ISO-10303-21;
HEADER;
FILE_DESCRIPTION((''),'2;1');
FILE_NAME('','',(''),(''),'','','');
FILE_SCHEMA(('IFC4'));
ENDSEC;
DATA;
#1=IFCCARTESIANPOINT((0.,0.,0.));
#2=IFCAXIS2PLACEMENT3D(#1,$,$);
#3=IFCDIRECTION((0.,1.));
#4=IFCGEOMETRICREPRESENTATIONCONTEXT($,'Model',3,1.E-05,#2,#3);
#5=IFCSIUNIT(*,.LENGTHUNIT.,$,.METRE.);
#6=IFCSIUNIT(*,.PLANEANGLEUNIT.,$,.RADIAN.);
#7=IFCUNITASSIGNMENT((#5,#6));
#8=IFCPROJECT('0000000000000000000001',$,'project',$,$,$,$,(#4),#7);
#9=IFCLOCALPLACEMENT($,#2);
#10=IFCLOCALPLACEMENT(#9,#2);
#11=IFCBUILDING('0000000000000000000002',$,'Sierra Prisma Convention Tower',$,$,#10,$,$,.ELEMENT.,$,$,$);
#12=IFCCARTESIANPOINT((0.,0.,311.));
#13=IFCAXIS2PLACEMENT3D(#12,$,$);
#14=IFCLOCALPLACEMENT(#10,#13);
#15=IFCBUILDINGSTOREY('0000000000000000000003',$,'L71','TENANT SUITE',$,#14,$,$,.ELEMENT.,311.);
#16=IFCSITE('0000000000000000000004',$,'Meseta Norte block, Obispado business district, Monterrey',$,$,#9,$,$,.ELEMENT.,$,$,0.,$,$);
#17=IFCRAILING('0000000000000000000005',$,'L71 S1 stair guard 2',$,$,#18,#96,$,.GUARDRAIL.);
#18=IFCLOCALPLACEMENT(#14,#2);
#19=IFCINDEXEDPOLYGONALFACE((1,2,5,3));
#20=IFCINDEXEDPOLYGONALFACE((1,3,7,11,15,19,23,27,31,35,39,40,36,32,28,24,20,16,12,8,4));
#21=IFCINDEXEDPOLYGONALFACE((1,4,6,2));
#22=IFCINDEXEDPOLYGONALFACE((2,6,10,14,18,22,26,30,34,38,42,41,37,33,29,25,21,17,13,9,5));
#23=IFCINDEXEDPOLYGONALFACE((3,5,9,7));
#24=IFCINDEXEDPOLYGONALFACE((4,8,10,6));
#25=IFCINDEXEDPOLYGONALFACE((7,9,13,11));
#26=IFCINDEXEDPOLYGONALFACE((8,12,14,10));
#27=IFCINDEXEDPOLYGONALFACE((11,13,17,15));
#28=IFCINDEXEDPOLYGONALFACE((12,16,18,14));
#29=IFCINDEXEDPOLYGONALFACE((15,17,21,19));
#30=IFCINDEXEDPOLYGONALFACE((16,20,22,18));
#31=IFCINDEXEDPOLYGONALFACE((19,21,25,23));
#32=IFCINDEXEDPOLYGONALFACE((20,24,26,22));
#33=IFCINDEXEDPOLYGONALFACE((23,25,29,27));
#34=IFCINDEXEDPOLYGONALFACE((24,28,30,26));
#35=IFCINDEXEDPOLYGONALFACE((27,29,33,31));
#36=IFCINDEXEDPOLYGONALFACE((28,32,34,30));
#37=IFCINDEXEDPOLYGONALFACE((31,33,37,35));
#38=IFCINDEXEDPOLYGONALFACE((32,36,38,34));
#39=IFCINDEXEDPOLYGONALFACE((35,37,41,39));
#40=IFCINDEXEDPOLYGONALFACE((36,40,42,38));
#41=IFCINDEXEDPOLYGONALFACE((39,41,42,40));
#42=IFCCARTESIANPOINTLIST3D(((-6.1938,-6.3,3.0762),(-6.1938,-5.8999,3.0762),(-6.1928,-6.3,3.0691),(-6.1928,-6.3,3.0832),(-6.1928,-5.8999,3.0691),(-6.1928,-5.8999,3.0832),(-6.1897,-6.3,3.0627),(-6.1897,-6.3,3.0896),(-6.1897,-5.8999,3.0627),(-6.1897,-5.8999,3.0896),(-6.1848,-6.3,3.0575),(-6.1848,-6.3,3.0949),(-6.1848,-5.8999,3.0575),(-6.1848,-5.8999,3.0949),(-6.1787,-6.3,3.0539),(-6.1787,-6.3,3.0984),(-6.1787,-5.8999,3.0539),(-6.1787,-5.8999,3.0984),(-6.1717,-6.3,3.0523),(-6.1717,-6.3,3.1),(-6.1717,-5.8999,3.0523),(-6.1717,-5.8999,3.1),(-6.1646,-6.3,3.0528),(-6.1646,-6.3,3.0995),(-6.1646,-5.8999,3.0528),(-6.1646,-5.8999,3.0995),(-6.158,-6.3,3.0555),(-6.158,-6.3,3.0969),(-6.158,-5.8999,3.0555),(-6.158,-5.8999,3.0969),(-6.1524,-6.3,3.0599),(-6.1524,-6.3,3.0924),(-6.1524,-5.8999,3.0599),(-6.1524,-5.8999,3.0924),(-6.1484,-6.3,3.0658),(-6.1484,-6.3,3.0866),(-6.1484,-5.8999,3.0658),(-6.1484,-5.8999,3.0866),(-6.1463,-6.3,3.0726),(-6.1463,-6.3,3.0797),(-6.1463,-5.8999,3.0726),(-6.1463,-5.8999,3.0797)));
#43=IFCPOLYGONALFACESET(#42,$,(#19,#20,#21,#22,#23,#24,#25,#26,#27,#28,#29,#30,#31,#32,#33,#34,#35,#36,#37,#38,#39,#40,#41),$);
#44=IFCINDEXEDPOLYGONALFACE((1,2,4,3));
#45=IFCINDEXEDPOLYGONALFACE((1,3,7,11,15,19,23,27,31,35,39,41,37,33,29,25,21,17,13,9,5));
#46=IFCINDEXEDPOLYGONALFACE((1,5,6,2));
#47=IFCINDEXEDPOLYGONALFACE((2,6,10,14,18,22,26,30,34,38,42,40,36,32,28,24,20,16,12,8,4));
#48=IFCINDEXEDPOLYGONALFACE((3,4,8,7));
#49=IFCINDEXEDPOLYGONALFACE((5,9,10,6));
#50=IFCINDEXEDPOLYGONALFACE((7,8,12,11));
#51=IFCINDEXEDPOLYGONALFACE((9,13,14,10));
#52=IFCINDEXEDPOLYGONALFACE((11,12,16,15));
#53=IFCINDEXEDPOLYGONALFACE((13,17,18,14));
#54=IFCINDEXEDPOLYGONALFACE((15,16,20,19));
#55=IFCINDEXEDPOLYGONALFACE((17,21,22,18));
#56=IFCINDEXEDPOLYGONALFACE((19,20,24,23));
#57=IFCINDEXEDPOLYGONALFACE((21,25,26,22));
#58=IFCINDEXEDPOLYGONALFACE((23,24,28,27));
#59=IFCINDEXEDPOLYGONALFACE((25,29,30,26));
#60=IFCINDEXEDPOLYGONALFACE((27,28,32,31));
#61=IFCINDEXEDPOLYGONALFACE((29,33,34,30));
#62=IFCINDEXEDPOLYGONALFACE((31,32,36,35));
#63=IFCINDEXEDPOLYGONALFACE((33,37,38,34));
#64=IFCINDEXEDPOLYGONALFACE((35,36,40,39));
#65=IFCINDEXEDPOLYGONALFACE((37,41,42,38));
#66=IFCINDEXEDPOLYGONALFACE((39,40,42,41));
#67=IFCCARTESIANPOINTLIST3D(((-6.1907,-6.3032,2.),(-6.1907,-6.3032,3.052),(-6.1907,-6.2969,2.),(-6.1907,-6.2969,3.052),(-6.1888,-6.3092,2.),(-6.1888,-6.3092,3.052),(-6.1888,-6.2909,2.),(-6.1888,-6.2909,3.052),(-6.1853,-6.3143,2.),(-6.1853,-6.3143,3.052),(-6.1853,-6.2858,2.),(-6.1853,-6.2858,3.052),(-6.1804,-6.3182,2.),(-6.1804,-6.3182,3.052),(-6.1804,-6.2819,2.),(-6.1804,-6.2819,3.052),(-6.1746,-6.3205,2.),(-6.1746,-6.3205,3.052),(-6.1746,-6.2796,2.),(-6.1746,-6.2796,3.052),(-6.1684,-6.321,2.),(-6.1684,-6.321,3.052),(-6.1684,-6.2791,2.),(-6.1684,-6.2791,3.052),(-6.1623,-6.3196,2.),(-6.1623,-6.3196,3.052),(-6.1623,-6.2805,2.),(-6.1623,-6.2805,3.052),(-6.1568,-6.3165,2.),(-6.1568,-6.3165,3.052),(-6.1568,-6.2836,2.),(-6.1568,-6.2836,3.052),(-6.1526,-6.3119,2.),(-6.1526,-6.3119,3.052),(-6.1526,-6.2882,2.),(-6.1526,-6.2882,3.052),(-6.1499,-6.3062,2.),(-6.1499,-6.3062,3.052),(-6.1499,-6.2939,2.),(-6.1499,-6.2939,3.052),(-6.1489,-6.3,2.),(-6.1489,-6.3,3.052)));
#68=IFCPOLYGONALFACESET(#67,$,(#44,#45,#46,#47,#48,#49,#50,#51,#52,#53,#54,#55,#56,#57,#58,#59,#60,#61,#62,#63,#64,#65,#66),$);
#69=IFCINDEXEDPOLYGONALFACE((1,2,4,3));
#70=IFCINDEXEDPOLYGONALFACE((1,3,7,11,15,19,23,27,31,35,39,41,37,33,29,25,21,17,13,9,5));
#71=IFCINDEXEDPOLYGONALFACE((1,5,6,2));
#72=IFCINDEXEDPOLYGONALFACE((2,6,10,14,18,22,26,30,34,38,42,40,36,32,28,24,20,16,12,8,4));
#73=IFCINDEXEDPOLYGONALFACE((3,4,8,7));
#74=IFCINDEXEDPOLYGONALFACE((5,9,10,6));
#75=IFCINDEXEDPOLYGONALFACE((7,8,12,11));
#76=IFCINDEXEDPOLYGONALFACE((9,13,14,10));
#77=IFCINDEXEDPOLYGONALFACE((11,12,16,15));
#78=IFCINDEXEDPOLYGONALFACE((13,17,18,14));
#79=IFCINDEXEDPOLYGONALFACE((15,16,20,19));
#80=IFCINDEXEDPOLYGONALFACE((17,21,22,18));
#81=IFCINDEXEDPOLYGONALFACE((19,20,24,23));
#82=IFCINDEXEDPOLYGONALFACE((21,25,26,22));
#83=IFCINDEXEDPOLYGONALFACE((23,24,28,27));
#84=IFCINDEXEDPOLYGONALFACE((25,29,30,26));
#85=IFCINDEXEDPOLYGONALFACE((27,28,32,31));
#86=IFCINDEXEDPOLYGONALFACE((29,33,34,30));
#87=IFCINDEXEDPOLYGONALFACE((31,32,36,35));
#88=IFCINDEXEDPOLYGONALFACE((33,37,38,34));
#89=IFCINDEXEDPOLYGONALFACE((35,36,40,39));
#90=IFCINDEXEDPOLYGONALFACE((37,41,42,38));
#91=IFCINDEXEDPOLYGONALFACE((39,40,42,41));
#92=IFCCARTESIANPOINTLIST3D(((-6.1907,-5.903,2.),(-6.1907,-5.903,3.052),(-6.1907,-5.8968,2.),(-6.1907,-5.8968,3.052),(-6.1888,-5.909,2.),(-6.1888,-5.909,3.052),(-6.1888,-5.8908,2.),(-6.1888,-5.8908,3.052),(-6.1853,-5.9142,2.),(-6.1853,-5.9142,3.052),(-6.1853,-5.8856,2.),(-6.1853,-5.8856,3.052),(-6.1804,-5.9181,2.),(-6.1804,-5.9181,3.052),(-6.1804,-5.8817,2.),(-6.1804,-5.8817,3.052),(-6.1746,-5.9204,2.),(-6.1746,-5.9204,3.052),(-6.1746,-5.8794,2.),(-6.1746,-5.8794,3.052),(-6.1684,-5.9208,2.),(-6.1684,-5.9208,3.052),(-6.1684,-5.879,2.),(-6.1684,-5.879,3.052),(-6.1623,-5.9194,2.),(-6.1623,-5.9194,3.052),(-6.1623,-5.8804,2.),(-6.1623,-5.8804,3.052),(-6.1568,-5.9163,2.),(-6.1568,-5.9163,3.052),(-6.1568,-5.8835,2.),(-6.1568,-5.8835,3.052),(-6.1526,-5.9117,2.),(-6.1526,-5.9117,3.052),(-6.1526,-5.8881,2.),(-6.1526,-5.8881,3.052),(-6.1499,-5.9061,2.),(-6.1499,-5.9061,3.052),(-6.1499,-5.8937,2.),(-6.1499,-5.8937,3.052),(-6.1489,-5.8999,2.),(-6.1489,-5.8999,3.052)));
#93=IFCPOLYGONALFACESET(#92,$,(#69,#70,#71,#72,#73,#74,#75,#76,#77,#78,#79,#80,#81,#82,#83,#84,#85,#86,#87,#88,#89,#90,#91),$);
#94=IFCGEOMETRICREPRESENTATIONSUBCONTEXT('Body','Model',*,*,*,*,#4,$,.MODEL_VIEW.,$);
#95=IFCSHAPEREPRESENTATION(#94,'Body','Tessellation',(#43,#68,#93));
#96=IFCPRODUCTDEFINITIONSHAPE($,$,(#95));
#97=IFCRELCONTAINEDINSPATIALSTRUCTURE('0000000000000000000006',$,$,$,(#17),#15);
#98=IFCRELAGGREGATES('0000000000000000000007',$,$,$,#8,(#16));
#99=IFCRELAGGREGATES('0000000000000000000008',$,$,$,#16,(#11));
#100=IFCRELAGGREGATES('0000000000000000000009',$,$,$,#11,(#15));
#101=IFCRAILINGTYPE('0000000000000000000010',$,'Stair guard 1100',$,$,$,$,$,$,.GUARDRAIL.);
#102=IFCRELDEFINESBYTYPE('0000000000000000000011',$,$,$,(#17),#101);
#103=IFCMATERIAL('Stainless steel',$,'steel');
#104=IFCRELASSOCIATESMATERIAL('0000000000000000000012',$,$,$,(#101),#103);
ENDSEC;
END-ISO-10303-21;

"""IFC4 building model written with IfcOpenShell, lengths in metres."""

from ifc_helpers import new_model, si_unit, direction, frame, origin, origin_2d, place, context, subcontext, project, spatial, circle, extrude, material, type_object, element, save


model = new_model("IFC4")

# Units and contexts
model_context = context("Model", 3, precision=1e-05, world=origin(), true_north=direction((0.0, 1.0)))
body_context = subcontext(model_context, "Body", "Model", "MODEL_VIEW")
ifc_project = project(units=[si_unit("LENGTHUNIT", "METRE"), si_unit("PLANEANGLEUNIT", "RADIAN")], contexts=[model_context])

# Site, building, storey
site_placement = place(None, origin())
site = spatial("IfcSite", under=ifc_project, at=site_placement, Name="Meseta Norte block, Obispado business district, Monterrey", CompositionType="ELEMENT", RefElevation=0.0)
building_placement = place(site_placement, origin())
building = spatial("IfcBuilding", under=site, at=building_placement, Name="Sierra Prisma Convention Tower", CompositionType="ELEMENT")
storey_placement = place(building_placement, frame((0.0, 0.0, 311.0)))
storey = spatial("IfcBuildingStorey", under=building, at=storey_placement, Name="L71", Description="TENANT SUITE", CompositionType="ELEMENT", Elevation=311.0)

# Railing
ifc_material_1 = material(Name="Stainless steel", Category="steel")
railing_type_1 = type_object("IfcRailingType", Name="Stair guard 1100", PredefinedType="GUARDRAIL", material=ifc_material_1)
railing_1_placement = place(storey_placement, frame((-6.1699, -6.3, 2.0)))
element("IfcRailing", 1, at=railing_1_placement, inside=storey, type_object=railing_type_1, Name="L71 S1 stair guard 2", PredefinedType="GUARDRAIL", context=body_context, shape_type="SweptSolid", body=[
    extrude(circle(Radius=0.0239, at=origin_2d()), frame((0.0, 0.0, 1.0762), z_axis=(0.0, 1.0, 0.0), x_axis=(-1.0, 0.0, 0.0)), (0.0, 0.0, 1.0), 0.4001),
    extrude(circle(Radius=0.021, at=origin_2d()), origin(), (0.0, 0.0, 1.0), 1.052),
    extrude(circle(Radius=0.021, at=origin_2d()), frame((0.0, 0.4001, 0.0)), (0.0, 0.0, 1.0), 1.052),
])

save(model, "model.ifc")
